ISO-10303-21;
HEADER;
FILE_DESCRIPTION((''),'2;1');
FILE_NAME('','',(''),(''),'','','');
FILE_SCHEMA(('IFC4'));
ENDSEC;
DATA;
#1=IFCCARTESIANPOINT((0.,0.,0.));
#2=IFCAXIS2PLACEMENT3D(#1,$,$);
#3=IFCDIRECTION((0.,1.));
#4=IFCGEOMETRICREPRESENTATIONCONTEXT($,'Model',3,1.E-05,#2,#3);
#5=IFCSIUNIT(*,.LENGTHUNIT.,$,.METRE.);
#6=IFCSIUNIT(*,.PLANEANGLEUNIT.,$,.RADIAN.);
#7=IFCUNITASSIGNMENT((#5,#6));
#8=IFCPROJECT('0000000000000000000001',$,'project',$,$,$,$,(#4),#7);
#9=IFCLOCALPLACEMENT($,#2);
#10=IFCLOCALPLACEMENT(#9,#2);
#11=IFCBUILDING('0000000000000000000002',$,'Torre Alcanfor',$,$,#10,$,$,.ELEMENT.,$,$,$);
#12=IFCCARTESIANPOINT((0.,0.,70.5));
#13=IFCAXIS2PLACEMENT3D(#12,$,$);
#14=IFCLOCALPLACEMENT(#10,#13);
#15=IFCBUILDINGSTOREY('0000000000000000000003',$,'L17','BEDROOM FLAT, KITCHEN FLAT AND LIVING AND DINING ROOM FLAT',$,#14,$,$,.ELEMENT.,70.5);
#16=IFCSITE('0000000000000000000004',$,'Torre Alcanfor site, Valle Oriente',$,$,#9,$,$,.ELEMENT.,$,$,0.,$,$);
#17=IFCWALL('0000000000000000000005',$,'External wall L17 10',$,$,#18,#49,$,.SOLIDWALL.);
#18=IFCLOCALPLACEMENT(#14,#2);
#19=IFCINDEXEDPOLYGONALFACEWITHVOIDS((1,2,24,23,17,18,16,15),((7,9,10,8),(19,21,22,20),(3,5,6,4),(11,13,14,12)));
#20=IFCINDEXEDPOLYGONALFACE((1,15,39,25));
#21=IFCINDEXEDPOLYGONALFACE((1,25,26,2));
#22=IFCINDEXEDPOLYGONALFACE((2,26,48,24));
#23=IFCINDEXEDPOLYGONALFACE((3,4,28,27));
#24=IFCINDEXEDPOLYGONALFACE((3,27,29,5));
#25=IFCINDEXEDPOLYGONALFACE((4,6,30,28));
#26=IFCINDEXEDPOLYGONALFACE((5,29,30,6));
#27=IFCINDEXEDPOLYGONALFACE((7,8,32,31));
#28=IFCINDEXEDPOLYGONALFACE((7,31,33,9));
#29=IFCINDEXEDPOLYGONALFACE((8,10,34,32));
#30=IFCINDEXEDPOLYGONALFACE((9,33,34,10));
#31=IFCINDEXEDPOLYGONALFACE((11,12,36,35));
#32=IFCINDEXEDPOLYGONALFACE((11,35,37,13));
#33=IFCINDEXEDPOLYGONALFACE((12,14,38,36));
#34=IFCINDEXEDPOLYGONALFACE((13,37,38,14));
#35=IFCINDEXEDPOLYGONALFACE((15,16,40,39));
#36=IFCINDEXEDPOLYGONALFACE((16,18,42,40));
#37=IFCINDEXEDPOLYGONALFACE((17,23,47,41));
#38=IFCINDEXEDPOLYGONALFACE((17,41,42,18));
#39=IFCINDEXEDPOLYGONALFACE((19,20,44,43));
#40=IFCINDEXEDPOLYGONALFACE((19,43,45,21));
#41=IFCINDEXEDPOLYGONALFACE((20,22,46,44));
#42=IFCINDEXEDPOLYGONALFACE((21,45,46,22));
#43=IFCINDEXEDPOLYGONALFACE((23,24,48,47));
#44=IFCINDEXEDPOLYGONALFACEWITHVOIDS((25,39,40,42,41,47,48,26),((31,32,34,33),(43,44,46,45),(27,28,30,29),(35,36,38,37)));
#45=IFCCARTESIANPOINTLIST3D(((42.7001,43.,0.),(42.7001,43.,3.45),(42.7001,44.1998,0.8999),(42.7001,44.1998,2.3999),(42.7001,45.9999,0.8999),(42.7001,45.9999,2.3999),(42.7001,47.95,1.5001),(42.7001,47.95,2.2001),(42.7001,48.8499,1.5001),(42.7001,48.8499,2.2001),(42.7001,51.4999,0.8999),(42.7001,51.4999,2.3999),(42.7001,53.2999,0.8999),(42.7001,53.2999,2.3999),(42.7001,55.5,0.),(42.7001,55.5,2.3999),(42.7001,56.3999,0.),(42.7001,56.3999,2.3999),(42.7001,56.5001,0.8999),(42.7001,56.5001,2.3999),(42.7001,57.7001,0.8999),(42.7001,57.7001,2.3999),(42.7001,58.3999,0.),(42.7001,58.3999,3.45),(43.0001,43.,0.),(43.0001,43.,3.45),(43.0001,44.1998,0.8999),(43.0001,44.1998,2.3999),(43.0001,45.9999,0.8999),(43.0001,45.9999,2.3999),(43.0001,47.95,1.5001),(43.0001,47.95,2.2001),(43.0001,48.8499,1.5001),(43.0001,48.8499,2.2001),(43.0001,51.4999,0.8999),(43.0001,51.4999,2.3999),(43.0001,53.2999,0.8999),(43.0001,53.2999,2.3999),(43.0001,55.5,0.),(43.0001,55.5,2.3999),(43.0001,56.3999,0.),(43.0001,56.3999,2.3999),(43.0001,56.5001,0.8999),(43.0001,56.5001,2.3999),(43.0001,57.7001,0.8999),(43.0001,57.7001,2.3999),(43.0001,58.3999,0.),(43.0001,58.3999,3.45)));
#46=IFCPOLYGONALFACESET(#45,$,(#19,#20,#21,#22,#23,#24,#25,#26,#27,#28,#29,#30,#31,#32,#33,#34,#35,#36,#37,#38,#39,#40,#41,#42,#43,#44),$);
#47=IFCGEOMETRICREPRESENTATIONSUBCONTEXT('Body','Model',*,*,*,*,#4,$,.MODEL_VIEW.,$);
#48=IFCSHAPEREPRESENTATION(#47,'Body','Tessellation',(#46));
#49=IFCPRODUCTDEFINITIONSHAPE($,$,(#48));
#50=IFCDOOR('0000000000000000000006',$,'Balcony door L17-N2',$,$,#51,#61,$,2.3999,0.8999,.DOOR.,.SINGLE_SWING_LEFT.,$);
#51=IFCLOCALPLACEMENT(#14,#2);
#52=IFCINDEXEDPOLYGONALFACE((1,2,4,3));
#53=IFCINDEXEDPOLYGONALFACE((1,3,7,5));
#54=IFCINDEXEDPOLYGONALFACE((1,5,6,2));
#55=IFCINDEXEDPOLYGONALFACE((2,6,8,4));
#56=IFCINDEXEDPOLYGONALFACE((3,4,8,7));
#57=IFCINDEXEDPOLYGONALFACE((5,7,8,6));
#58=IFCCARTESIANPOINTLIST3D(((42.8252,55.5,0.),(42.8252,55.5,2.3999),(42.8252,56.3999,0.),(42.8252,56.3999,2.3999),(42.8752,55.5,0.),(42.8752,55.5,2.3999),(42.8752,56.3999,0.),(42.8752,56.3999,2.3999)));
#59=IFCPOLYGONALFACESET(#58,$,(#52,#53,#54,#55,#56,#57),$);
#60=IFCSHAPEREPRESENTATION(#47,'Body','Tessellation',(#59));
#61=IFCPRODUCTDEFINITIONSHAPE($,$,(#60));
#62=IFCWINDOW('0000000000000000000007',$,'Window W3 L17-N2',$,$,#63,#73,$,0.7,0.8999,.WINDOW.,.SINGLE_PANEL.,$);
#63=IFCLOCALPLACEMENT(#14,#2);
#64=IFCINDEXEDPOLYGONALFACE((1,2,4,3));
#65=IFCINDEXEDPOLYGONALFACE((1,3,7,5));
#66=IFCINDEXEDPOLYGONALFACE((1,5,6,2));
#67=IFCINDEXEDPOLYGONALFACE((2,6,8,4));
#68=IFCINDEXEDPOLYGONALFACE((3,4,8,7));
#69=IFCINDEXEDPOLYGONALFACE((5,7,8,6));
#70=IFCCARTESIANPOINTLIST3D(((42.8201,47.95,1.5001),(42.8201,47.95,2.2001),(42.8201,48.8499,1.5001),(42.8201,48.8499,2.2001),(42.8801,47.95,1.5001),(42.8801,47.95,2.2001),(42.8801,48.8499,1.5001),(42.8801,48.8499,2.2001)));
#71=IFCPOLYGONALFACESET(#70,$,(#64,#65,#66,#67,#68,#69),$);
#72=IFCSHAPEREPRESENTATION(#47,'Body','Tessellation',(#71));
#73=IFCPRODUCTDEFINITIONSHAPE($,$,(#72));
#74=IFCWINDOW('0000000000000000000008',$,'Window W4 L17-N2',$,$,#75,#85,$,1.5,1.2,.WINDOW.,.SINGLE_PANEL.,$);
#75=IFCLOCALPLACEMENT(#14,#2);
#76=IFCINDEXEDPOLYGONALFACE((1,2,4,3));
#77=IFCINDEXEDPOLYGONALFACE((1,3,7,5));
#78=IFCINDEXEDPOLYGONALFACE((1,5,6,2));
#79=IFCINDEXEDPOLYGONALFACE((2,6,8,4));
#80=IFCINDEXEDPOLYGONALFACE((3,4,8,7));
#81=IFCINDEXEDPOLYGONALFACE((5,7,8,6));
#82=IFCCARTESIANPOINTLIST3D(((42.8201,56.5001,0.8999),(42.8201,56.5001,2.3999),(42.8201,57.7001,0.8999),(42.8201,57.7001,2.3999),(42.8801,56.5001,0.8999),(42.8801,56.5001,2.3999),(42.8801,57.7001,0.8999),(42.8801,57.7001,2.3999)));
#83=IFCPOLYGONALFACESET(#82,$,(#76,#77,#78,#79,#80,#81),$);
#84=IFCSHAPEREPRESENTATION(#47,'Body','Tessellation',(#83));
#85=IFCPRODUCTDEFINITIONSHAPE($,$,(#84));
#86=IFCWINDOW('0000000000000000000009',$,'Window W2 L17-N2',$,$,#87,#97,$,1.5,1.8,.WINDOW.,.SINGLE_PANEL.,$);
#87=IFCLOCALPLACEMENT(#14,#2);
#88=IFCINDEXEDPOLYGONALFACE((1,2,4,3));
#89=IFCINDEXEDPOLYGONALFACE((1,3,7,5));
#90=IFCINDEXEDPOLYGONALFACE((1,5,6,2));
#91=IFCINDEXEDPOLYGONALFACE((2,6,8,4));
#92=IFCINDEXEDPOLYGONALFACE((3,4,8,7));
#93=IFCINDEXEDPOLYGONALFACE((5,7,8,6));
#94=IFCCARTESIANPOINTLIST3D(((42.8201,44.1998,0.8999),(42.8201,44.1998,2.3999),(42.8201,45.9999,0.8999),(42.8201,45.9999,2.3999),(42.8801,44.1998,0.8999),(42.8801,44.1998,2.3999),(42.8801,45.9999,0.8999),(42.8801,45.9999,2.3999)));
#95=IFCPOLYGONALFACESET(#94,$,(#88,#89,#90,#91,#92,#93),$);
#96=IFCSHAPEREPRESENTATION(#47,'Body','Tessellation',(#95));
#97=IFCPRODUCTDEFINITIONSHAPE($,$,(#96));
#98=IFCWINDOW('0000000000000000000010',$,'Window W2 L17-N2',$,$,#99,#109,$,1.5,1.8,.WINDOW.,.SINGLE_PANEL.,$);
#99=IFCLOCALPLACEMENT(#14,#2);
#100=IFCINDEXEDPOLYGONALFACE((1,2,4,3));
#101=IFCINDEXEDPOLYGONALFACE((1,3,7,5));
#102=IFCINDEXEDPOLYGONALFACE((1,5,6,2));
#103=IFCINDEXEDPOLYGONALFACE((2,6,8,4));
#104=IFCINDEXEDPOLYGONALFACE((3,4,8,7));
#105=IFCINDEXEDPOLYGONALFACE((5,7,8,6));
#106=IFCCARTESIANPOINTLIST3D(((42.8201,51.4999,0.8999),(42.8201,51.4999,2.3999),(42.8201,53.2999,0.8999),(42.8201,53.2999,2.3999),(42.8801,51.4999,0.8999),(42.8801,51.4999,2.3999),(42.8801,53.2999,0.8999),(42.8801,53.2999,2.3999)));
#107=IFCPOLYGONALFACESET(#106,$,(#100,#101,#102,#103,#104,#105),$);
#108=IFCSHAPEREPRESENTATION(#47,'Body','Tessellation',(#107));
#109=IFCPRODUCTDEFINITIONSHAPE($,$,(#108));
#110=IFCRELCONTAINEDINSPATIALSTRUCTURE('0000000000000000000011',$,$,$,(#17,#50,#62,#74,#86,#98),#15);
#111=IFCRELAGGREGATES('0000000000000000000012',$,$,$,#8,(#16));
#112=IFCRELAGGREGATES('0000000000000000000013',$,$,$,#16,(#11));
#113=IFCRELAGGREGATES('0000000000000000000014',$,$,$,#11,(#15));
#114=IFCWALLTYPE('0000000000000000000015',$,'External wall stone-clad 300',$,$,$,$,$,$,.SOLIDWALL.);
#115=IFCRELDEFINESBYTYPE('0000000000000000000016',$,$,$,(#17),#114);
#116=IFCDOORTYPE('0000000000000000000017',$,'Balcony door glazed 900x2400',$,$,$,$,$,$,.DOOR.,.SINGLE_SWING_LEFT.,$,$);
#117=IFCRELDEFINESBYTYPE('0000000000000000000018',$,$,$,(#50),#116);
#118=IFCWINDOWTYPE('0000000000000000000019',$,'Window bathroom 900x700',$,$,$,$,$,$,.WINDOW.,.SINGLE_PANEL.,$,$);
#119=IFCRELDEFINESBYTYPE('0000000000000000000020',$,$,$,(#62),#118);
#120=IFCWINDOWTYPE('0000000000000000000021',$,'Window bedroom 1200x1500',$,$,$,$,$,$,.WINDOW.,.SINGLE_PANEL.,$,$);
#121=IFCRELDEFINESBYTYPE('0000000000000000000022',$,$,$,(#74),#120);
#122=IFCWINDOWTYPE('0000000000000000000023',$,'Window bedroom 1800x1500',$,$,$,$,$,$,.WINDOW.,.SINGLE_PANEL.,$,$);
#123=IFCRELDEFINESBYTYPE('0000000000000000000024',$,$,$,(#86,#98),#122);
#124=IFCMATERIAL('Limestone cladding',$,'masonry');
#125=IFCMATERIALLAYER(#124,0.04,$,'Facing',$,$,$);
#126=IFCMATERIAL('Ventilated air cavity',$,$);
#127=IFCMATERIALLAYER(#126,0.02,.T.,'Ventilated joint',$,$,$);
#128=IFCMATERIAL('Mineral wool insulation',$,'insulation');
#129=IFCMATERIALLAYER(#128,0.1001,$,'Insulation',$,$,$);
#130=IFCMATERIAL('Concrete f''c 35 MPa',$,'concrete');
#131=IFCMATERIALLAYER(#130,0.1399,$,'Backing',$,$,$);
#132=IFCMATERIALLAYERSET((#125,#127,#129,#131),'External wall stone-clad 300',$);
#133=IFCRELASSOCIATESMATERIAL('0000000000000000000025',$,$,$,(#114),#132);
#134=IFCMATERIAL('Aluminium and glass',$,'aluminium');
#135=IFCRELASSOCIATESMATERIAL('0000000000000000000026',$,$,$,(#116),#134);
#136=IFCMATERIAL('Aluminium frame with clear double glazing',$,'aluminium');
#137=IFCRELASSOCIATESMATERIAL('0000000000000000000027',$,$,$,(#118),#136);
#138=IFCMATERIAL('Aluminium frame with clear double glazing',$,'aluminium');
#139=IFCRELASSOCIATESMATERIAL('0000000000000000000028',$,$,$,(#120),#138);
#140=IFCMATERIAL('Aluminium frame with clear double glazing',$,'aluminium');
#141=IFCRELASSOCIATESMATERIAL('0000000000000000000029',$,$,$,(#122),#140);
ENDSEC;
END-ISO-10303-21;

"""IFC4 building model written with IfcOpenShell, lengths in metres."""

from ifc_helpers import new_model, si_unit, direction, frame, frame_2d, origin, place, context, subcontext, project, spatial, rectangle, extrude, material, layer, layer_set, type_object, element, fill, save


model = new_model("IFC4")

# Units and contexts
model_context = context("Model", 3, precision=1e-05, world=origin(), true_north=direction((0.0, 1.0)))
body_context = subcontext(model_context, "Body", "Model", "MODEL_VIEW")
ifc_project = project(units=[si_unit("LENGTHUNIT", "METRE"), si_unit("PLANEANGLEUNIT", "RADIAN")], contexts=[model_context])

# Site, building, storey
site_placement = place(None, origin())
site = spatial("IfcSite", under=ifc_project, at=site_placement, Name="Torre Alcanfor site, Valle Oriente", CompositionType="ELEMENT", RefElevation=0.0)
building_placement = place(site_placement, origin())
building = spatial("IfcBuilding", under=site, at=building_placement, Name="Torre Alcanfor", CompositionType="ELEMENT")
storey_placement = place(building_placement, frame((0.0, 0.0, 70.5)))
storey = spatial("IfcBuildingStorey", under=building, at=storey_placement, Name="L17", Description="BEDROOM FLAT, KITCHEN FLAT AND LIVING AND DINING ROOM FLAT", CompositionType="ELEMENT", Elevation=70.5)

# Wall, openings, door, windows
ifc_material_1 = material(Name="Limestone cladding", Category="masonry")
ifc_layer_1 = layer(ifc_material_1, 0.04, Name="Facing")
ifc_material_2 = material(Name="Ventilated air cavity")
ifc_layer_2 = layer(ifc_material_2, 0.02, ventilated=True, Name="Ventilated joint")
ifc_material_3 = material(Name="Mineral wool insulation", Category="insulation")
ifc_layer_3 = layer(ifc_material_3, 0.1001, Name="Insulation")
ifc_material_4 = material(Name="Concrete f'c 35 MPa", Category="concrete")
ifc_layer_4 = layer(ifc_material_4, 0.1399, Name="Backing")
ifc_layer_set_1 = layer_set([ifc_layer_1, ifc_layer_2, ifc_layer_3, ifc_layer_4], Name="External wall stone-clad 300")
wall_type_1 = type_object("IfcWallType", Name="External wall stone-clad 300", PredefinedType="SOLIDWALL", material=ifc_layer_set_1)
ifc_material_5 = material(Name="Aluminium and glass", Category="aluminium")
door_type = type_object("IfcDoorType", Name="Balcony door glazed 900x2400", OperationType="SINGLE_SWING_LEFT", PredefinedType="DOOR", material=ifc_material_5)
ifc_material_6 = material(Name="Aluminium frame with clear double glazing", Category="aluminium")
window_type_1 = type_object("IfcWindowType", Name="Window bathroom 900x700", PartitioningType="SINGLE_PANEL", PredefinedType="WINDOW", material=ifc_material_6)
ifc_material_7 = material(Name="Aluminium frame with clear double glazing", Category="aluminium")
window_type_2 = type_object("IfcWindowType", Name="Window bedroom 1200x1500", PartitioningType="SINGLE_PANEL", PredefinedType="WINDOW", material=ifc_material_7)
ifc_material_8 = material(Name="Aluminium frame with clear double glazing", Category="aluminium")
window_type_3 = type_object("IfcWindowType", Name="Window bedroom 1800x1500", PartitioningType="SINGLE_PANEL", PredefinedType="WINDOW", material=ifc_material_8)
wall_1_placement = place(storey_placement, frame((42.8501, 43.0, 0.0), z_axis=(0.0, 0.0, 1.0), x_axis=(0.0, 1.0, 0.0)))
wall_1 = element("IfcWall", 1, at=wall_1_placement, inside=storey, type_object=wall_type_1, Name="External wall L17 10", PredefinedType="SOLIDWALL", context=body_context, shape_type="SweptSolid", body=[
    extrude(rectangle(XDim=15.3999, YDim=0.3, at=frame_2d((7.7, 0.0))), origin(), (0.0, 0.0, 1.0), 3.45),
])
opening_1_placement = place(wall_1_placement, frame((1.2, 0.0, 0.8999)))
opening_1 = element("IfcOpeningElement", 2, at=opening_1_placement, cuts=wall_1, PredefinedType="OPENING", context=body_context, shape_type="SweptSolid", body=[
    extrude(rectangle(XDim=1.8, YDim=1.5, at=frame_2d((0.8999, 0.75))), frame((0.0, 0.1599, 0.0), z_axis=(0.0, -1.0, 0.0), x_axis=(1.0, 0.0, 0.0)), (0.0, 0.0, 1.0), 0.3201),
])
opening_2_placement = place(wall_1_placement, frame((4.95, 0.0, 1.5)))
opening_2 = element("IfcOpeningElement", 3, at=opening_2_placement, cuts=wall_1, PredefinedType="OPENING", context=body_context, shape_type="SweptSolid", body=[
    extrude(rectangle(XDim=0.8999, YDim=0.7, at=frame_2d((0.45, 0.3501))), frame((0.0, 0.1599, 0.0), z_axis=(0.0, -1.0, 0.0), x_axis=(1.0, 0.0, 0.0)), (0.0, 0.0, 1.0), 0.3201),
])
opening_3_placement = place(wall_1_placement, frame((8.5, 0.0, 0.8999)))
opening_3 = element("IfcOpeningElement", 4, at=opening_3_placement, cuts=wall_1, PredefinedType="OPENING", context=body_context, shape_type="SweptSolid", body=[
    extrude(rectangle(XDim=1.8, YDim=1.5, at=frame_2d((0.8999, 0.75))), frame((0.0, 0.1599, 0.0), z_axis=(0.0, -1.0, 0.0), x_axis=(1.0, 0.0, 0.0)), (0.0, 0.0, 1.0), 0.3201),
])
opening_4_placement = place(wall_1_placement, frame((12.5, 0.0, 0.0)))
opening_4 = element("IfcOpeningElement", 5, at=opening_4_placement, cuts=wall_1, PredefinedType="OPENING", context=body_context, shape_type="SweptSolid", body=[
    extrude(rectangle(XDim=0.8999, YDim=2.3999, at=frame_2d((0.45, 1.2))), frame((0.0, 0.1599, 0.0), z_axis=(0.0, -1.0, 0.0), x_axis=(1.0, 0.0, 0.0)), (0.0, 0.0, 1.0), 0.3201),
])
opening_5_placement = place(wall_1_placement, frame((13.5, 0.0, 0.8999)))
opening_5 = element("IfcOpeningElement", 6, at=opening_5_placement, cuts=wall_1, PredefinedType="OPENING", context=body_context, shape_type="SweptSolid", body=[
    extrude(rectangle(XDim=1.2, YDim=1.5, at=frame_2d((0.6001, 0.75))), frame((0.0, 0.1599, 0.0), z_axis=(0.0, -1.0, 0.0), x_axis=(1.0, 0.0, 0.0)), (0.0, 0.0, 1.0), 0.3201),
])
door_1_placement = place(opening_4_placement, origin())
door_1 = element("IfcDoor", 7, at=door_1_placement, inside=storey, type_object=door_type, Name="Balcony door L17-N2", OperationType="SINGLE_SWING_LEFT", OverallHeight=2.3999, OverallWidth=0.8999, PredefinedType="DOOR", context=body_context, shape_type="SweptSolid", body=[
    extrude(rectangle(XDim=0.8999, YDim=2.3999, at=frame_2d((0.45, 1.2))), frame((0.0, 0.0249, 0.0), z_axis=(0.0, -1.0, 0.0), x_axis=(1.0, 0.0, 0.0)), (0.0, 0.0, 1.0), 0.05),
])
fill(opening_4, door_1)
window_1_placement = place(opening_2_placement, origin())
window_1 = element("IfcWindow", 8, at=window_1_placement, inside=storey, type_object=window_type_1, Name="Window W3 L17-N2", OverallHeight=0.7, OverallWidth=0.8999, PartitioningType="SINGLE_PANEL", PredefinedType="WINDOW", context=body_context, shape_type="SweptSolid", body=[
    extrude(rectangle(XDim=0.8999, YDim=0.7, at=frame_2d((0.45, 0.3501))), frame((0.0, 0.03, 0.0), z_axis=(0.0, -1.0, 0.0), x_axis=(1.0, 0.0, 0.0)), (0.0, 0.0, 1.0), 0.0601),
])
fill(opening_2, window_1)
window_2_placement = place(opening_5_placement, origin())
window_2 = element("IfcWindow", 9, at=window_2_placement, inside=storey, type_object=window_type_2, Name="Window W4 L17-N2", OverallHeight=1.5, OverallWidth=1.2, PartitioningType="SINGLE_PANEL", PredefinedType="WINDOW", context=body_context, shape_type="SweptSolid", body=[
    extrude(rectangle(XDim=1.2, YDim=1.5, at=frame_2d((0.6001, 0.75))), frame((0.0, 0.03, 0.0), z_axis=(0.0, -1.0, 0.0), x_axis=(1.0, 0.0, 0.0)), (0.0, 0.0, 1.0), 0.0601),
])
fill(opening_5, window_2)
window_3_placement = place(opening_1_placement, origin())
window_3 = element("IfcWindow", 10, at=window_3_placement, inside=storey, type_object=window_type_3, Name="Window W2 L17-N2", OverallHeight=1.5, OverallWidth=1.8, PartitioningType="SINGLE_PANEL", PredefinedType="WINDOW", context=body_context, shape_type="SweptSolid", body=[
    extrude(rectangle(XDim=1.8, YDim=1.5, at=frame_2d((0.8999, 0.75))), frame((0.0, 0.03, 0.0), z_axis=(0.0, -1.0, 0.0), x_axis=(1.0, 0.0, 0.0)), (0.0, 0.0, 1.0), 0.0601),
])
fill(opening_1, window_3)
window_4_placement = place(opening_3_placement, origin())
window_4 = element("IfcWindow", 11, at=window_4_placement, inside=storey, type_object=window_type_3, Name="Window W2 L17-N2", OverallHeight=1.5, OverallWidth=1.8, PartitioningType="SINGLE_PANEL", PredefinedType="WINDOW", context=body_context, shape_type="SweptSolid", body=[
    extrude(rectangle(XDim=1.8, YDim=1.5, at=frame_2d((0.8999, 0.75))), frame((0.0, 0.03, 0.0), z_axis=(0.0, -1.0, 0.0), x_axis=(1.0, 0.0, 0.0)), (0.0, 0.0, 1.0), 0.0601),
])
fill(opening_3, window_4)

save(model, "model.ifc")
